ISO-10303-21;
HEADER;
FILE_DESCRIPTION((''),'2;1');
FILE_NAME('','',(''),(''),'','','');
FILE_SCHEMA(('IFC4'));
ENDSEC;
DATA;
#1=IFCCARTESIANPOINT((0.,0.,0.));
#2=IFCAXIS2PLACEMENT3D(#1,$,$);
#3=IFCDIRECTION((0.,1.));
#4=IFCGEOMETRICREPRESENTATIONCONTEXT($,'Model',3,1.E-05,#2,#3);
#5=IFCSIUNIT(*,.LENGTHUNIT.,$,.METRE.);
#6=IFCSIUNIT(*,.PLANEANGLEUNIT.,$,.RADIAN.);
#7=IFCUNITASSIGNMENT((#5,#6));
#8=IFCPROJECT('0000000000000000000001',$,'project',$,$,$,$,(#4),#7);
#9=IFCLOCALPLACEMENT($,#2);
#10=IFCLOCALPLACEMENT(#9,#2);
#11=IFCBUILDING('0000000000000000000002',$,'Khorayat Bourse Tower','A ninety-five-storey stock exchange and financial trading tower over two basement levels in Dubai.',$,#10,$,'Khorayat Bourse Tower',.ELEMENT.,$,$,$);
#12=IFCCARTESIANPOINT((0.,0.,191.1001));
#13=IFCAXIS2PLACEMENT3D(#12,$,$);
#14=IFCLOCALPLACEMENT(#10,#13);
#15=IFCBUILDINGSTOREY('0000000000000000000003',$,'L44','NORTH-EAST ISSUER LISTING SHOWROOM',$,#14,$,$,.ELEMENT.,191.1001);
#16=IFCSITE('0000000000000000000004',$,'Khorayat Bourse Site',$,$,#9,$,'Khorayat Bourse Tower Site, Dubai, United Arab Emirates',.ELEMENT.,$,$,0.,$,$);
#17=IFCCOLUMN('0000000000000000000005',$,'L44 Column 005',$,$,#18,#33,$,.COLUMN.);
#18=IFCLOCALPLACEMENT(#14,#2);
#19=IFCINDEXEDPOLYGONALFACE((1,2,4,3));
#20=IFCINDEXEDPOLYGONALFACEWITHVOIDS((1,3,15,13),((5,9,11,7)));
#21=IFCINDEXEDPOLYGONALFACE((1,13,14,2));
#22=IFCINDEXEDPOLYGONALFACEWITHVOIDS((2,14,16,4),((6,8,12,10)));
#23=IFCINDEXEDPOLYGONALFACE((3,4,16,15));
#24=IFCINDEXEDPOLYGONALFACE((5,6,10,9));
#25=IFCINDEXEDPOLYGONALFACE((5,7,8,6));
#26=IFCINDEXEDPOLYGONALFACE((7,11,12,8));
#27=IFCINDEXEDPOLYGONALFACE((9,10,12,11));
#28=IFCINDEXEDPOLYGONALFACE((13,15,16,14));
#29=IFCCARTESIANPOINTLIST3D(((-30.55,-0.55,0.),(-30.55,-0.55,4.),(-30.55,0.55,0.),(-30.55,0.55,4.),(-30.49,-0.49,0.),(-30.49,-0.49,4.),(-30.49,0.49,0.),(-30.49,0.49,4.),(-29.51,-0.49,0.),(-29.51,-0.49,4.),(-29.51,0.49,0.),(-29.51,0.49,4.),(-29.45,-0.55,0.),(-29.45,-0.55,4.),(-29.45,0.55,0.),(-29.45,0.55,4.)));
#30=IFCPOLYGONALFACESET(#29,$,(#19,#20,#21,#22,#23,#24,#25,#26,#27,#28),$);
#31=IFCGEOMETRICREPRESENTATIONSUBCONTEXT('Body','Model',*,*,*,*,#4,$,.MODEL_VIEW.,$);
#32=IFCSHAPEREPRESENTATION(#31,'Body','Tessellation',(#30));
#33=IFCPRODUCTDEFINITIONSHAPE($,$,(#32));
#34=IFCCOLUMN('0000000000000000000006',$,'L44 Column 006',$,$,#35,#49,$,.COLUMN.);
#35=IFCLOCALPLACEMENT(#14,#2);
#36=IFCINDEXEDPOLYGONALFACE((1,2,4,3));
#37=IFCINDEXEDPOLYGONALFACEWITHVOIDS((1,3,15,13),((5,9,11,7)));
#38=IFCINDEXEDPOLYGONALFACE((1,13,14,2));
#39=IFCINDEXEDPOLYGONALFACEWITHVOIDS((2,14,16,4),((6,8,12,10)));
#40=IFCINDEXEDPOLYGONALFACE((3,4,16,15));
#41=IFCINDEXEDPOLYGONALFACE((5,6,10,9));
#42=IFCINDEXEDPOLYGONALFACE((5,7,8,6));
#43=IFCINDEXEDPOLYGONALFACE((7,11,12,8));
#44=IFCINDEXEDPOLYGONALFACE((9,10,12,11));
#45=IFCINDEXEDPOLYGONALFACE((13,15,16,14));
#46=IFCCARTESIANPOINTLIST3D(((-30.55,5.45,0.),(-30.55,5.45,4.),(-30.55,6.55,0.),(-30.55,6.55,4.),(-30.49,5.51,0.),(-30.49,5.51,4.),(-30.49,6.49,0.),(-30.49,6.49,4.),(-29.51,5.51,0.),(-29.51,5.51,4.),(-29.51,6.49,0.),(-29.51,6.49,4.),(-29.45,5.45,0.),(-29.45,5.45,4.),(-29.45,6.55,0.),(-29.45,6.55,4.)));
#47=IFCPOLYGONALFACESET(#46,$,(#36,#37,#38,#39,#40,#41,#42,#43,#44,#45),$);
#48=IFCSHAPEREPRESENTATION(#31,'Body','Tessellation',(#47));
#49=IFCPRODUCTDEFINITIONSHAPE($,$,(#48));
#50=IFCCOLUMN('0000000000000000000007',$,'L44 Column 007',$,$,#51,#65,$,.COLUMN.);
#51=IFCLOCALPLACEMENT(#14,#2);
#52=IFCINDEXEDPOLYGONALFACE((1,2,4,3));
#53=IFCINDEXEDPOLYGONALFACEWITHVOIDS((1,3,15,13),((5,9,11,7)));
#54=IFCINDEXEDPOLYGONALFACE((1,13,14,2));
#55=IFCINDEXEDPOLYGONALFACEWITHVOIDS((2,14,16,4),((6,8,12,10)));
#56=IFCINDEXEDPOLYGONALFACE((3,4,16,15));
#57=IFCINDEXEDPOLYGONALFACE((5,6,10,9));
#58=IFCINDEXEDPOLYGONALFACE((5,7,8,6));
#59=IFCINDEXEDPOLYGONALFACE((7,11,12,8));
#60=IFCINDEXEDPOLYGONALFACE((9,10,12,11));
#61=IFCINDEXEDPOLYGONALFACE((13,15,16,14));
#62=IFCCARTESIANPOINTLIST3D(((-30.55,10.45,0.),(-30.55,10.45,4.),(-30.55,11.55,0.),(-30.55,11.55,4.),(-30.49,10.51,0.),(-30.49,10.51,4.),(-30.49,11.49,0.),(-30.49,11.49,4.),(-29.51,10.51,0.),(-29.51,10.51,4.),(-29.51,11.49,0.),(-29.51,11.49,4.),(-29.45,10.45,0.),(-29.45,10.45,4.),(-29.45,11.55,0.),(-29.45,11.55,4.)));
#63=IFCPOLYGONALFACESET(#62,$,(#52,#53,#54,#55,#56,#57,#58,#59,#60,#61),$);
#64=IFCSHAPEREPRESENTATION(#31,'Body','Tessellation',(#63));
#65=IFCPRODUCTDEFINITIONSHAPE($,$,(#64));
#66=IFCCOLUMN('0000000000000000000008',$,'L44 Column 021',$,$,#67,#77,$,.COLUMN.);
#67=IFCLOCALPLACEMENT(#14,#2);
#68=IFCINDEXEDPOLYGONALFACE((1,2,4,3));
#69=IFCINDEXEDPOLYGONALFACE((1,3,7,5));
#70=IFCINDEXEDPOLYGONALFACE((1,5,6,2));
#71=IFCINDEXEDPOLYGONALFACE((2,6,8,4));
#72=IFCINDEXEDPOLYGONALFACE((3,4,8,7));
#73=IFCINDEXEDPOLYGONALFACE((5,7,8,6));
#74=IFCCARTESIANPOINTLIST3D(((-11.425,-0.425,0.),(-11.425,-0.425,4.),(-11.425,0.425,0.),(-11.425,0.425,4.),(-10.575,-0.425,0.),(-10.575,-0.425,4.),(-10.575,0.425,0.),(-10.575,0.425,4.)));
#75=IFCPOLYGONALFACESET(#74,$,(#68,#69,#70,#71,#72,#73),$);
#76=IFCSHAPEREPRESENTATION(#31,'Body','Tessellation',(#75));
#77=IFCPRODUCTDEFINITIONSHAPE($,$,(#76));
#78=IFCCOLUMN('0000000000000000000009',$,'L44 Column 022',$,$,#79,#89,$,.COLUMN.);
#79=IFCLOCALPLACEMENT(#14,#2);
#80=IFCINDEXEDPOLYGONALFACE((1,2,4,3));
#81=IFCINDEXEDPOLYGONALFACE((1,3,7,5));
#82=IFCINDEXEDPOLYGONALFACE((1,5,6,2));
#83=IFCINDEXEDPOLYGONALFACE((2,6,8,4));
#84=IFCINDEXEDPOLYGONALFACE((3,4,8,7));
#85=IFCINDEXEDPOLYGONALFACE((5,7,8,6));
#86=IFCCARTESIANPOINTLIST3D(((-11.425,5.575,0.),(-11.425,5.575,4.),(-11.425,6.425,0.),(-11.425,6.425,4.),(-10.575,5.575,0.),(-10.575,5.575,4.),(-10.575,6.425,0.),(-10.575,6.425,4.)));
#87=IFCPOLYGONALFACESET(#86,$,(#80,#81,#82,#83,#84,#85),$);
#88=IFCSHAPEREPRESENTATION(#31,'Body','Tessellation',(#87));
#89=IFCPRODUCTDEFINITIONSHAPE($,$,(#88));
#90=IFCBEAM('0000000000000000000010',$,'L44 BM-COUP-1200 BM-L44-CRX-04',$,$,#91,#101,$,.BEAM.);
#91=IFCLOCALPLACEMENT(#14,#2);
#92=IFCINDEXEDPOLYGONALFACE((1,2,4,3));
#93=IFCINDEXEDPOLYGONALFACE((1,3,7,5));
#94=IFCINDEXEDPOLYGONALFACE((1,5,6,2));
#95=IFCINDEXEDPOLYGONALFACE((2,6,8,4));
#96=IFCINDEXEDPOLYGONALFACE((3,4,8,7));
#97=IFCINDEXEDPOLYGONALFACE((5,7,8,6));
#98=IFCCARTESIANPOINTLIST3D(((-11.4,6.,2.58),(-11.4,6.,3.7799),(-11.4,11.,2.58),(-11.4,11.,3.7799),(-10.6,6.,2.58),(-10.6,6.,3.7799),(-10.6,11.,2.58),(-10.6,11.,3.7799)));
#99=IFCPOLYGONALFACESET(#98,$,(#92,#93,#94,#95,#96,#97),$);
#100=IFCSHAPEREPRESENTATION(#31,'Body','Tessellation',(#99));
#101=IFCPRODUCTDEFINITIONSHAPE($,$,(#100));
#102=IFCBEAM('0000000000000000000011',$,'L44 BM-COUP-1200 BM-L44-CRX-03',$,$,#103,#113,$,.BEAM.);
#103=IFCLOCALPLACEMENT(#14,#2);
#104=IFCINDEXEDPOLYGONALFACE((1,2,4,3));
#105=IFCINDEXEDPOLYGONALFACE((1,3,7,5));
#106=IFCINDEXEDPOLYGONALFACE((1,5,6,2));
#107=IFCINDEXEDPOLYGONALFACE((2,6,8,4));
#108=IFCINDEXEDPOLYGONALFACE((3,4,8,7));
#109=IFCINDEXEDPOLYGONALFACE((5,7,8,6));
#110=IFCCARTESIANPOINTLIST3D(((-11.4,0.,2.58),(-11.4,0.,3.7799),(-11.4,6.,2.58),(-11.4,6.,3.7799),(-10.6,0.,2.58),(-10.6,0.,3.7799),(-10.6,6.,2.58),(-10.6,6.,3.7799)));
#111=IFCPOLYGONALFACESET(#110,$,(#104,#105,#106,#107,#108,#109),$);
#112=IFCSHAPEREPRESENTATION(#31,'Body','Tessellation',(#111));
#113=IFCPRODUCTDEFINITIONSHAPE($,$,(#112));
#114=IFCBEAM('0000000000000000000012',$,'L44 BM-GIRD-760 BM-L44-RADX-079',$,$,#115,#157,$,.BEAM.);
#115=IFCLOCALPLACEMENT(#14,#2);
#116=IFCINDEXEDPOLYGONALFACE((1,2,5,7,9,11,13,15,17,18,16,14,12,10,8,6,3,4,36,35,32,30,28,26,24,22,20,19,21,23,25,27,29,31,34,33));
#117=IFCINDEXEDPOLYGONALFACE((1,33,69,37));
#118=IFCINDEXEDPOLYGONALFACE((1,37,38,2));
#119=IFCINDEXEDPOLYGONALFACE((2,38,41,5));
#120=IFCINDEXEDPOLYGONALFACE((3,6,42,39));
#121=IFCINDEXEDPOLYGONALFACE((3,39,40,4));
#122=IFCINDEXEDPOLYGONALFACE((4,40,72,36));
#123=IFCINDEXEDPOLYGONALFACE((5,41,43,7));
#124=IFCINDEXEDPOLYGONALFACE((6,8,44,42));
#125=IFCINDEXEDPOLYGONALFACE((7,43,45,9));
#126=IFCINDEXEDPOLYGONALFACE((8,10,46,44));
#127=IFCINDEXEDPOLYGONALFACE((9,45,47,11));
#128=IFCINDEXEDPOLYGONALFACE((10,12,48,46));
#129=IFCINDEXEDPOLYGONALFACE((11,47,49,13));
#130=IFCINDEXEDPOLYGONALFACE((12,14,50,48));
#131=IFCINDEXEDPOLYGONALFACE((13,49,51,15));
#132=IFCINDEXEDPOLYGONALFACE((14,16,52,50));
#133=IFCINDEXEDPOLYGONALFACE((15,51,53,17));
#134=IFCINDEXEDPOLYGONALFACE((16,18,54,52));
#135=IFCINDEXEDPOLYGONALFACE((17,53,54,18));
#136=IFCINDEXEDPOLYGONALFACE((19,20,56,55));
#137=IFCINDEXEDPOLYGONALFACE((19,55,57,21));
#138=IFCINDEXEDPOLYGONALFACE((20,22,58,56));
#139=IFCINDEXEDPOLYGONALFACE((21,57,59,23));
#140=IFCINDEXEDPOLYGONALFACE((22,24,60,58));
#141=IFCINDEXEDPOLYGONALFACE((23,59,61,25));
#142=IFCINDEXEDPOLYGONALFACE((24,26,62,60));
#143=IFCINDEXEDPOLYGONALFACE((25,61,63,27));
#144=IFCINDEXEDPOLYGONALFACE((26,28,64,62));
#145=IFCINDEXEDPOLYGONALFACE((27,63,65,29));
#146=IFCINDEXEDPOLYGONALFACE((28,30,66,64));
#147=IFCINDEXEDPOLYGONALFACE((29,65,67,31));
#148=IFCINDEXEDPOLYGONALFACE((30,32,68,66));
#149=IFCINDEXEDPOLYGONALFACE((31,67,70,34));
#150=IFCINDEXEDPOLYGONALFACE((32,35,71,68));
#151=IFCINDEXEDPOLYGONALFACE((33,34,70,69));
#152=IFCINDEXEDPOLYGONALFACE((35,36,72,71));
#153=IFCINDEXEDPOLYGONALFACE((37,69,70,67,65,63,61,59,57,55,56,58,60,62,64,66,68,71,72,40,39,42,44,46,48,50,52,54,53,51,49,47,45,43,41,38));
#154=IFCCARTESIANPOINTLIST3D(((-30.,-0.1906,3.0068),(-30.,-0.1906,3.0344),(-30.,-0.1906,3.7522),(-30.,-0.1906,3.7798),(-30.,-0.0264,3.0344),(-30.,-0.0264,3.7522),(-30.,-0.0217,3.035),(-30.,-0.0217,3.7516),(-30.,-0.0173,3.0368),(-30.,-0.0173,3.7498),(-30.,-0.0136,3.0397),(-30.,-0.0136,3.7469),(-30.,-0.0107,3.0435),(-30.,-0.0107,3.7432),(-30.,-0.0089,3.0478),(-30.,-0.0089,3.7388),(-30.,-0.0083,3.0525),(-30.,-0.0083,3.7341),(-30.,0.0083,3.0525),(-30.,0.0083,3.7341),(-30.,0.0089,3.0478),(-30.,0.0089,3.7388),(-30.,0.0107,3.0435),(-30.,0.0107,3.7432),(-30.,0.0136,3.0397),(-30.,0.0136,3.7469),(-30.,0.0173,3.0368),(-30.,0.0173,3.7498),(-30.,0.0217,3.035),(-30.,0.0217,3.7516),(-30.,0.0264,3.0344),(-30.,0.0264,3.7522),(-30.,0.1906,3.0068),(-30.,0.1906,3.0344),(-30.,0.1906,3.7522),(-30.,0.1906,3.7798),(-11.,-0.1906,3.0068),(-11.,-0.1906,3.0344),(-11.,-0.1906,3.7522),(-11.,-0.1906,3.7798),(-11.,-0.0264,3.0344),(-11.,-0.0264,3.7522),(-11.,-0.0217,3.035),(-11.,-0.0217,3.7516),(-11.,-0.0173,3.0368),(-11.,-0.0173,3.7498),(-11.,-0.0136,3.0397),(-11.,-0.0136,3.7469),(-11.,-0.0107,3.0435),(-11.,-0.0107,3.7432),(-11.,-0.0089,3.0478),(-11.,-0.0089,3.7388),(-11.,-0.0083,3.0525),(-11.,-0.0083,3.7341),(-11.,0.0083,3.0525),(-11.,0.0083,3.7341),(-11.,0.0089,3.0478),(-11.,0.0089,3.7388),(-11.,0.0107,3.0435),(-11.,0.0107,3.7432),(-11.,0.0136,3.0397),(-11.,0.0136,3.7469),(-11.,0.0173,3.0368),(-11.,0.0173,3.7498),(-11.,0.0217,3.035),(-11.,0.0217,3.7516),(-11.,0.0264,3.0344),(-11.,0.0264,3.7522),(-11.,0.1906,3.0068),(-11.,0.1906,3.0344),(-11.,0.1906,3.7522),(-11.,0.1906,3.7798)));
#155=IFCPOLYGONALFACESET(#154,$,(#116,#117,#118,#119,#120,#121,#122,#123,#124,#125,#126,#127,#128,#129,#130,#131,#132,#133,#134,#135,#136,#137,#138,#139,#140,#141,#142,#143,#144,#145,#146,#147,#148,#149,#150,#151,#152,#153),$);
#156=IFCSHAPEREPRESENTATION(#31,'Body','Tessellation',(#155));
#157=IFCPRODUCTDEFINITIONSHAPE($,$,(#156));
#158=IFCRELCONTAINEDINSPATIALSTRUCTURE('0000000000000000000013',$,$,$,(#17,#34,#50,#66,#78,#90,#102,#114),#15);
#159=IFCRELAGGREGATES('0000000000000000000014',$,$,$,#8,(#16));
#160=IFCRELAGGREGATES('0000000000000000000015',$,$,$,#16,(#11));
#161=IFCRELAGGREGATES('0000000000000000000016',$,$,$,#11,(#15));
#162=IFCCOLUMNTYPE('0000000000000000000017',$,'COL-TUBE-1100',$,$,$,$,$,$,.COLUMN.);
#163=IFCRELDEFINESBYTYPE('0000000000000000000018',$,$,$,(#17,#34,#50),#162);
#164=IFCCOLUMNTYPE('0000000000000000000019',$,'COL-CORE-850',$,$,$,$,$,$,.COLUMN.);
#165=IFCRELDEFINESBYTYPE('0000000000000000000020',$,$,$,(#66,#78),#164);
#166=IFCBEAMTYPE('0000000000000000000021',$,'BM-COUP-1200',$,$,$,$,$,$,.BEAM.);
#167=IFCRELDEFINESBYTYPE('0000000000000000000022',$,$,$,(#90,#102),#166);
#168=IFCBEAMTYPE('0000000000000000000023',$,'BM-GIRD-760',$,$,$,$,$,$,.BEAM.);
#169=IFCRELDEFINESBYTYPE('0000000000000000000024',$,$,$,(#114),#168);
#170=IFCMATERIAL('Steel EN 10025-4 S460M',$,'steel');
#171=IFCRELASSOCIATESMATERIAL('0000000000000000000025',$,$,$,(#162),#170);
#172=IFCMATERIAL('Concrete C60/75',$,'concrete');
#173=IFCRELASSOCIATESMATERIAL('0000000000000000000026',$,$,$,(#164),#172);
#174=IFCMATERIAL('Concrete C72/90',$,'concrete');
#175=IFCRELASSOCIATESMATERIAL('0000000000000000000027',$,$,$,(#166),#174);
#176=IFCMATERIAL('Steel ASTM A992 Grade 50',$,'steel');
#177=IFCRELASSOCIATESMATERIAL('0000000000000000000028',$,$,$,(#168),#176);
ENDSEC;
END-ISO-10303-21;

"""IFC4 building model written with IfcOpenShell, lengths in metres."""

from ifc_helpers import new_model, si_unit, direction, frame, origin, origin_2d, place, context, subcontext, project, spatial, rectangle, hollow_rectangle, i_section, extrude, source, transform, mapped, material, material_profile, profile_set, type_object, element, save


model = new_model("IFC4")

# Units and contexts
model_context = context("Model", 3, precision=1e-05, world=origin(), true_north=direction((0.0, 1.0)))
body_context = subcontext(model_context, "Body", "Model", "MODEL_VIEW")
ifc_project = project(units=[si_unit("LENGTHUNIT", "METRE"), si_unit("PLANEANGLEUNIT", "RADIAN")], contexts=[model_context])

# Site, building, storey
site_placement = place(None, origin())
site = spatial("IfcSite", under=ifc_project, at=site_placement, Name="Khorayat Bourse Site", LongName="Khorayat Bourse Tower Site, Dubai, United Arab Emirates", CompositionType="ELEMENT", RefElevation=0.0)
building_placement = place(site_placement, origin())
building = spatial("IfcBuilding", under=site, at=building_placement, Name="Khorayat Bourse Tower", Description="A ninety-five-storey stock exchange and financial trading tower over two basement levels in Dubai.", LongName="Khorayat Bourse Tower", CompositionType="ELEMENT")
storey_placement = place(building_placement, frame((0.0, 0.0, 191.1001)))
storey = spatial("IfcBuildingStorey", under=building, at=storey_placement, Name="L44", Description="NORTH-EAST ISSUER LISTING SHOWROOM", CompositionType="ELEMENT", Elevation=191.1001)

# Columns
ifc_material_1 = material(Name="Steel EN 10025-4 S460M", Category="steel")
ifc_material_profile_1 = material_profile(ifc_material_1, hollow_rectangle(XDim=1.1001, YDim=1.1001, WallThickness=0.0601, at=origin_2d()), Name="BOX 1100x1100x60")
ifc_profile_set_1 = profile_set([ifc_material_profile_1], Name="Steel EN 10025-4 S460M")
column_type_1 = type_object("IfcColumnType", Name="COL-TUBE-1100", PredefinedType="COLUMN", material=ifc_profile_set_1)
shared_shape_1 = source(origin(), body_context, "Body", "SweptSolid", [
    extrude(hollow_rectangle(XDim=1.1001, YDim=1.1001, WallThickness=0.0601, at=origin_2d()), origin(), (0.0, 0.0, 1.0), 4.0),
])
for number, where, z_axis, x_axis, name in (
    (1, (-30.0, 0.0, 0.0), (0.0, 0.0, 1.0), (1.0, 0.0, 0.0), "L44 Column 005"),
    (2, (-30.0, 6.0, 0.0), (0.0, 0.0, 1.0), (1.0, 0.0, 0.0), "L44 Column 006"),
    (3, (-30.0, 11.0, 0.0), (0.0, 0.0, 1.0), (1.0, 0.0, 0.0), "L44 Column 007"),
):
    element("IfcColumn", number, at=place(storey_placement, frame(where, z_axis=z_axis, x_axis=x_axis)), inside=storey, type_object=column_type_1, Name=name, PredefinedType="COLUMN", context=body_context, shape_type="MappedRepresentation", body=[
        mapped(shared_shape_1, transform((0.0, 0.0, 0.0), scale=1.0)),
    ])
ifc_material_2 = material(Name="Concrete C60/75", Category="concrete")
ifc_material_profile_2 = material_profile(ifc_material_2, rectangle(XDim=0.8501, YDim=0.8501, at=origin_2d()), Name="RC 850x850")
ifc_profile_set_2 = profile_set([ifc_material_profile_2], Name="Concrete C60/75")
column_type_2 = type_object("IfcColumnType", Name="COL-CORE-850", PredefinedType="COLUMN", material=ifc_profile_set_2)
shared_shape_2 = source(origin(), body_context, "Body", "SweptSolid", [
    extrude(rectangle(XDim=0.8501, YDim=0.8501, at=origin_2d()), origin(), (0.0, 0.0, 1.0), 4.0),
])
for number, where, z_axis, x_axis, name in (
    (4, (-11.0, 0.0, 0.0), (0.0, 0.0, 1.0), (1.0, 0.0, 0.0), "L44 Column 021"),
    (5, (-11.0, 6.0, 0.0), (0.0, 0.0, 1.0), (1.0, 0.0, 0.0), "L44 Column 022"),
):
    element("IfcColumn", number, at=place(storey_placement, frame(where, z_axis=z_axis, x_axis=x_axis)), inside=storey, type_object=column_type_2, Name=name, PredefinedType="COLUMN", context=body_context, shape_type="MappedRepresentation", body=[
        mapped(shared_shape_2, transform((0.0, 0.0, 0.0), scale=1.0)),
    ])

# Beams
ifc_material_3 = material(Name="Concrete C72/90", Category="concrete")
ifc_material_profile_3 = material_profile(ifc_material_3, rectangle(XDim=0.8, YDim=1.2, at=origin_2d()), Name="RC 800x1200")
ifc_profile_set_3 = profile_set([ifc_material_profile_3], Name="Concrete C72/90")
beam_type_1 = type_object("IfcBeamType", Name="BM-COUP-1200", PredefinedType="BEAM", material=ifc_profile_set_3)
shared_shape_3 = source(origin(), body_context, "Body", "SweptSolid", [
    extrude(rectangle(XDim=0.8, YDim=1.2, at=origin_2d()), origin(), (0.0, 0.0, 1.0), 5.0),
])
beam_1_placement = place(storey_placement, frame((-11.0, 6.0, 3.1799), z_axis=(0.0, 1.0, 0.0), x_axis=(-1.0, 0.0, 0.0)))
element("IfcBeam", 6, at=beam_1_placement, inside=storey, type_object=beam_type_1, Name="L44 BM-COUP-1200 BM-L44-CRX-04", PredefinedType="BEAM", context=body_context, shape_type="MappedRepresentation", body=[
    mapped(shared_shape_3, transform((0.0, 0.0, 0.0), scale=1.0)),
])
shared_shape_4 = source(origin(), body_context, "Body", "SweptSolid", [
    extrude(rectangle(XDim=0.8, YDim=1.2, at=origin_2d()), origin(), (0.0, 0.0, 1.0), 6.0),
])
beam_2_placement = place(storey_placement, frame((-11.0, 0.0, 3.1799), z_axis=(0.0, 1.0, 0.0), x_axis=(-1.0, 0.0, 0.0)))
element("IfcBeam", 7, at=beam_2_placement, inside=storey, type_object=beam_type_1, Name="L44 BM-COUP-1200 BM-L44-CRX-03", PredefinedType="BEAM", context=body_context, shape_type="MappedRepresentation", body=[
    mapped(shared_shape_4, transform((0.0, 0.0, 0.0), scale=1.0)),
])
ifc_material_4 = material(Name="Steel ASTM A992 Grade 50", Category="steel")
ifc_material_profile_4 = material_profile(ifc_material_4, i_section(OverallWidth=0.3811, OverallDepth=0.7729, WebThickness=0.0166, FlangeThickness=0.0276, FilletRadius=0.0181, at=origin_2d()), Name="W760X257")
ifc_profile_set_4 = profile_set([ifc_material_profile_4], Name="Steel ASTM A992 Grade 50")
beam_type_2 = type_object("IfcBeamType", Name="BM-GIRD-760", PredefinedType="BEAM", material=ifc_profile_set_4)
shared_shape_5 = source(origin(), body_context, "Body", "SweptSolid", [
    extrude(i_section(OverallWidth=0.3811, OverallDepth=0.7729, WebThickness=0.0166, FlangeThickness=0.0276, FilletRadius=0.0181, at=origin_2d()), origin(), (0.0, 0.0, 1.0), 19.0),
])
for number, where, z_axis, x_axis, name in (
    (8, (-30.0, 0.0, 3.3933), (1.0, 0.0, 0.0), (0.0, 1.0, 0.0), "L44 BM-GIRD-760 BM-L44-RADX-079"),
):
    element("IfcBeam", number, at=place(storey_placement, frame(where, z_axis=z_axis, x_axis=x_axis)), inside=storey, type_object=beam_type_2, Name=name, PredefinedType="BEAM", context=body_context, shape_type="MappedRepresentation", body=[
        mapped(shared_shape_5, transform((0.0, 0.0, 0.0), scale=1.0)),
    ])

save(model, "model.ifc")
